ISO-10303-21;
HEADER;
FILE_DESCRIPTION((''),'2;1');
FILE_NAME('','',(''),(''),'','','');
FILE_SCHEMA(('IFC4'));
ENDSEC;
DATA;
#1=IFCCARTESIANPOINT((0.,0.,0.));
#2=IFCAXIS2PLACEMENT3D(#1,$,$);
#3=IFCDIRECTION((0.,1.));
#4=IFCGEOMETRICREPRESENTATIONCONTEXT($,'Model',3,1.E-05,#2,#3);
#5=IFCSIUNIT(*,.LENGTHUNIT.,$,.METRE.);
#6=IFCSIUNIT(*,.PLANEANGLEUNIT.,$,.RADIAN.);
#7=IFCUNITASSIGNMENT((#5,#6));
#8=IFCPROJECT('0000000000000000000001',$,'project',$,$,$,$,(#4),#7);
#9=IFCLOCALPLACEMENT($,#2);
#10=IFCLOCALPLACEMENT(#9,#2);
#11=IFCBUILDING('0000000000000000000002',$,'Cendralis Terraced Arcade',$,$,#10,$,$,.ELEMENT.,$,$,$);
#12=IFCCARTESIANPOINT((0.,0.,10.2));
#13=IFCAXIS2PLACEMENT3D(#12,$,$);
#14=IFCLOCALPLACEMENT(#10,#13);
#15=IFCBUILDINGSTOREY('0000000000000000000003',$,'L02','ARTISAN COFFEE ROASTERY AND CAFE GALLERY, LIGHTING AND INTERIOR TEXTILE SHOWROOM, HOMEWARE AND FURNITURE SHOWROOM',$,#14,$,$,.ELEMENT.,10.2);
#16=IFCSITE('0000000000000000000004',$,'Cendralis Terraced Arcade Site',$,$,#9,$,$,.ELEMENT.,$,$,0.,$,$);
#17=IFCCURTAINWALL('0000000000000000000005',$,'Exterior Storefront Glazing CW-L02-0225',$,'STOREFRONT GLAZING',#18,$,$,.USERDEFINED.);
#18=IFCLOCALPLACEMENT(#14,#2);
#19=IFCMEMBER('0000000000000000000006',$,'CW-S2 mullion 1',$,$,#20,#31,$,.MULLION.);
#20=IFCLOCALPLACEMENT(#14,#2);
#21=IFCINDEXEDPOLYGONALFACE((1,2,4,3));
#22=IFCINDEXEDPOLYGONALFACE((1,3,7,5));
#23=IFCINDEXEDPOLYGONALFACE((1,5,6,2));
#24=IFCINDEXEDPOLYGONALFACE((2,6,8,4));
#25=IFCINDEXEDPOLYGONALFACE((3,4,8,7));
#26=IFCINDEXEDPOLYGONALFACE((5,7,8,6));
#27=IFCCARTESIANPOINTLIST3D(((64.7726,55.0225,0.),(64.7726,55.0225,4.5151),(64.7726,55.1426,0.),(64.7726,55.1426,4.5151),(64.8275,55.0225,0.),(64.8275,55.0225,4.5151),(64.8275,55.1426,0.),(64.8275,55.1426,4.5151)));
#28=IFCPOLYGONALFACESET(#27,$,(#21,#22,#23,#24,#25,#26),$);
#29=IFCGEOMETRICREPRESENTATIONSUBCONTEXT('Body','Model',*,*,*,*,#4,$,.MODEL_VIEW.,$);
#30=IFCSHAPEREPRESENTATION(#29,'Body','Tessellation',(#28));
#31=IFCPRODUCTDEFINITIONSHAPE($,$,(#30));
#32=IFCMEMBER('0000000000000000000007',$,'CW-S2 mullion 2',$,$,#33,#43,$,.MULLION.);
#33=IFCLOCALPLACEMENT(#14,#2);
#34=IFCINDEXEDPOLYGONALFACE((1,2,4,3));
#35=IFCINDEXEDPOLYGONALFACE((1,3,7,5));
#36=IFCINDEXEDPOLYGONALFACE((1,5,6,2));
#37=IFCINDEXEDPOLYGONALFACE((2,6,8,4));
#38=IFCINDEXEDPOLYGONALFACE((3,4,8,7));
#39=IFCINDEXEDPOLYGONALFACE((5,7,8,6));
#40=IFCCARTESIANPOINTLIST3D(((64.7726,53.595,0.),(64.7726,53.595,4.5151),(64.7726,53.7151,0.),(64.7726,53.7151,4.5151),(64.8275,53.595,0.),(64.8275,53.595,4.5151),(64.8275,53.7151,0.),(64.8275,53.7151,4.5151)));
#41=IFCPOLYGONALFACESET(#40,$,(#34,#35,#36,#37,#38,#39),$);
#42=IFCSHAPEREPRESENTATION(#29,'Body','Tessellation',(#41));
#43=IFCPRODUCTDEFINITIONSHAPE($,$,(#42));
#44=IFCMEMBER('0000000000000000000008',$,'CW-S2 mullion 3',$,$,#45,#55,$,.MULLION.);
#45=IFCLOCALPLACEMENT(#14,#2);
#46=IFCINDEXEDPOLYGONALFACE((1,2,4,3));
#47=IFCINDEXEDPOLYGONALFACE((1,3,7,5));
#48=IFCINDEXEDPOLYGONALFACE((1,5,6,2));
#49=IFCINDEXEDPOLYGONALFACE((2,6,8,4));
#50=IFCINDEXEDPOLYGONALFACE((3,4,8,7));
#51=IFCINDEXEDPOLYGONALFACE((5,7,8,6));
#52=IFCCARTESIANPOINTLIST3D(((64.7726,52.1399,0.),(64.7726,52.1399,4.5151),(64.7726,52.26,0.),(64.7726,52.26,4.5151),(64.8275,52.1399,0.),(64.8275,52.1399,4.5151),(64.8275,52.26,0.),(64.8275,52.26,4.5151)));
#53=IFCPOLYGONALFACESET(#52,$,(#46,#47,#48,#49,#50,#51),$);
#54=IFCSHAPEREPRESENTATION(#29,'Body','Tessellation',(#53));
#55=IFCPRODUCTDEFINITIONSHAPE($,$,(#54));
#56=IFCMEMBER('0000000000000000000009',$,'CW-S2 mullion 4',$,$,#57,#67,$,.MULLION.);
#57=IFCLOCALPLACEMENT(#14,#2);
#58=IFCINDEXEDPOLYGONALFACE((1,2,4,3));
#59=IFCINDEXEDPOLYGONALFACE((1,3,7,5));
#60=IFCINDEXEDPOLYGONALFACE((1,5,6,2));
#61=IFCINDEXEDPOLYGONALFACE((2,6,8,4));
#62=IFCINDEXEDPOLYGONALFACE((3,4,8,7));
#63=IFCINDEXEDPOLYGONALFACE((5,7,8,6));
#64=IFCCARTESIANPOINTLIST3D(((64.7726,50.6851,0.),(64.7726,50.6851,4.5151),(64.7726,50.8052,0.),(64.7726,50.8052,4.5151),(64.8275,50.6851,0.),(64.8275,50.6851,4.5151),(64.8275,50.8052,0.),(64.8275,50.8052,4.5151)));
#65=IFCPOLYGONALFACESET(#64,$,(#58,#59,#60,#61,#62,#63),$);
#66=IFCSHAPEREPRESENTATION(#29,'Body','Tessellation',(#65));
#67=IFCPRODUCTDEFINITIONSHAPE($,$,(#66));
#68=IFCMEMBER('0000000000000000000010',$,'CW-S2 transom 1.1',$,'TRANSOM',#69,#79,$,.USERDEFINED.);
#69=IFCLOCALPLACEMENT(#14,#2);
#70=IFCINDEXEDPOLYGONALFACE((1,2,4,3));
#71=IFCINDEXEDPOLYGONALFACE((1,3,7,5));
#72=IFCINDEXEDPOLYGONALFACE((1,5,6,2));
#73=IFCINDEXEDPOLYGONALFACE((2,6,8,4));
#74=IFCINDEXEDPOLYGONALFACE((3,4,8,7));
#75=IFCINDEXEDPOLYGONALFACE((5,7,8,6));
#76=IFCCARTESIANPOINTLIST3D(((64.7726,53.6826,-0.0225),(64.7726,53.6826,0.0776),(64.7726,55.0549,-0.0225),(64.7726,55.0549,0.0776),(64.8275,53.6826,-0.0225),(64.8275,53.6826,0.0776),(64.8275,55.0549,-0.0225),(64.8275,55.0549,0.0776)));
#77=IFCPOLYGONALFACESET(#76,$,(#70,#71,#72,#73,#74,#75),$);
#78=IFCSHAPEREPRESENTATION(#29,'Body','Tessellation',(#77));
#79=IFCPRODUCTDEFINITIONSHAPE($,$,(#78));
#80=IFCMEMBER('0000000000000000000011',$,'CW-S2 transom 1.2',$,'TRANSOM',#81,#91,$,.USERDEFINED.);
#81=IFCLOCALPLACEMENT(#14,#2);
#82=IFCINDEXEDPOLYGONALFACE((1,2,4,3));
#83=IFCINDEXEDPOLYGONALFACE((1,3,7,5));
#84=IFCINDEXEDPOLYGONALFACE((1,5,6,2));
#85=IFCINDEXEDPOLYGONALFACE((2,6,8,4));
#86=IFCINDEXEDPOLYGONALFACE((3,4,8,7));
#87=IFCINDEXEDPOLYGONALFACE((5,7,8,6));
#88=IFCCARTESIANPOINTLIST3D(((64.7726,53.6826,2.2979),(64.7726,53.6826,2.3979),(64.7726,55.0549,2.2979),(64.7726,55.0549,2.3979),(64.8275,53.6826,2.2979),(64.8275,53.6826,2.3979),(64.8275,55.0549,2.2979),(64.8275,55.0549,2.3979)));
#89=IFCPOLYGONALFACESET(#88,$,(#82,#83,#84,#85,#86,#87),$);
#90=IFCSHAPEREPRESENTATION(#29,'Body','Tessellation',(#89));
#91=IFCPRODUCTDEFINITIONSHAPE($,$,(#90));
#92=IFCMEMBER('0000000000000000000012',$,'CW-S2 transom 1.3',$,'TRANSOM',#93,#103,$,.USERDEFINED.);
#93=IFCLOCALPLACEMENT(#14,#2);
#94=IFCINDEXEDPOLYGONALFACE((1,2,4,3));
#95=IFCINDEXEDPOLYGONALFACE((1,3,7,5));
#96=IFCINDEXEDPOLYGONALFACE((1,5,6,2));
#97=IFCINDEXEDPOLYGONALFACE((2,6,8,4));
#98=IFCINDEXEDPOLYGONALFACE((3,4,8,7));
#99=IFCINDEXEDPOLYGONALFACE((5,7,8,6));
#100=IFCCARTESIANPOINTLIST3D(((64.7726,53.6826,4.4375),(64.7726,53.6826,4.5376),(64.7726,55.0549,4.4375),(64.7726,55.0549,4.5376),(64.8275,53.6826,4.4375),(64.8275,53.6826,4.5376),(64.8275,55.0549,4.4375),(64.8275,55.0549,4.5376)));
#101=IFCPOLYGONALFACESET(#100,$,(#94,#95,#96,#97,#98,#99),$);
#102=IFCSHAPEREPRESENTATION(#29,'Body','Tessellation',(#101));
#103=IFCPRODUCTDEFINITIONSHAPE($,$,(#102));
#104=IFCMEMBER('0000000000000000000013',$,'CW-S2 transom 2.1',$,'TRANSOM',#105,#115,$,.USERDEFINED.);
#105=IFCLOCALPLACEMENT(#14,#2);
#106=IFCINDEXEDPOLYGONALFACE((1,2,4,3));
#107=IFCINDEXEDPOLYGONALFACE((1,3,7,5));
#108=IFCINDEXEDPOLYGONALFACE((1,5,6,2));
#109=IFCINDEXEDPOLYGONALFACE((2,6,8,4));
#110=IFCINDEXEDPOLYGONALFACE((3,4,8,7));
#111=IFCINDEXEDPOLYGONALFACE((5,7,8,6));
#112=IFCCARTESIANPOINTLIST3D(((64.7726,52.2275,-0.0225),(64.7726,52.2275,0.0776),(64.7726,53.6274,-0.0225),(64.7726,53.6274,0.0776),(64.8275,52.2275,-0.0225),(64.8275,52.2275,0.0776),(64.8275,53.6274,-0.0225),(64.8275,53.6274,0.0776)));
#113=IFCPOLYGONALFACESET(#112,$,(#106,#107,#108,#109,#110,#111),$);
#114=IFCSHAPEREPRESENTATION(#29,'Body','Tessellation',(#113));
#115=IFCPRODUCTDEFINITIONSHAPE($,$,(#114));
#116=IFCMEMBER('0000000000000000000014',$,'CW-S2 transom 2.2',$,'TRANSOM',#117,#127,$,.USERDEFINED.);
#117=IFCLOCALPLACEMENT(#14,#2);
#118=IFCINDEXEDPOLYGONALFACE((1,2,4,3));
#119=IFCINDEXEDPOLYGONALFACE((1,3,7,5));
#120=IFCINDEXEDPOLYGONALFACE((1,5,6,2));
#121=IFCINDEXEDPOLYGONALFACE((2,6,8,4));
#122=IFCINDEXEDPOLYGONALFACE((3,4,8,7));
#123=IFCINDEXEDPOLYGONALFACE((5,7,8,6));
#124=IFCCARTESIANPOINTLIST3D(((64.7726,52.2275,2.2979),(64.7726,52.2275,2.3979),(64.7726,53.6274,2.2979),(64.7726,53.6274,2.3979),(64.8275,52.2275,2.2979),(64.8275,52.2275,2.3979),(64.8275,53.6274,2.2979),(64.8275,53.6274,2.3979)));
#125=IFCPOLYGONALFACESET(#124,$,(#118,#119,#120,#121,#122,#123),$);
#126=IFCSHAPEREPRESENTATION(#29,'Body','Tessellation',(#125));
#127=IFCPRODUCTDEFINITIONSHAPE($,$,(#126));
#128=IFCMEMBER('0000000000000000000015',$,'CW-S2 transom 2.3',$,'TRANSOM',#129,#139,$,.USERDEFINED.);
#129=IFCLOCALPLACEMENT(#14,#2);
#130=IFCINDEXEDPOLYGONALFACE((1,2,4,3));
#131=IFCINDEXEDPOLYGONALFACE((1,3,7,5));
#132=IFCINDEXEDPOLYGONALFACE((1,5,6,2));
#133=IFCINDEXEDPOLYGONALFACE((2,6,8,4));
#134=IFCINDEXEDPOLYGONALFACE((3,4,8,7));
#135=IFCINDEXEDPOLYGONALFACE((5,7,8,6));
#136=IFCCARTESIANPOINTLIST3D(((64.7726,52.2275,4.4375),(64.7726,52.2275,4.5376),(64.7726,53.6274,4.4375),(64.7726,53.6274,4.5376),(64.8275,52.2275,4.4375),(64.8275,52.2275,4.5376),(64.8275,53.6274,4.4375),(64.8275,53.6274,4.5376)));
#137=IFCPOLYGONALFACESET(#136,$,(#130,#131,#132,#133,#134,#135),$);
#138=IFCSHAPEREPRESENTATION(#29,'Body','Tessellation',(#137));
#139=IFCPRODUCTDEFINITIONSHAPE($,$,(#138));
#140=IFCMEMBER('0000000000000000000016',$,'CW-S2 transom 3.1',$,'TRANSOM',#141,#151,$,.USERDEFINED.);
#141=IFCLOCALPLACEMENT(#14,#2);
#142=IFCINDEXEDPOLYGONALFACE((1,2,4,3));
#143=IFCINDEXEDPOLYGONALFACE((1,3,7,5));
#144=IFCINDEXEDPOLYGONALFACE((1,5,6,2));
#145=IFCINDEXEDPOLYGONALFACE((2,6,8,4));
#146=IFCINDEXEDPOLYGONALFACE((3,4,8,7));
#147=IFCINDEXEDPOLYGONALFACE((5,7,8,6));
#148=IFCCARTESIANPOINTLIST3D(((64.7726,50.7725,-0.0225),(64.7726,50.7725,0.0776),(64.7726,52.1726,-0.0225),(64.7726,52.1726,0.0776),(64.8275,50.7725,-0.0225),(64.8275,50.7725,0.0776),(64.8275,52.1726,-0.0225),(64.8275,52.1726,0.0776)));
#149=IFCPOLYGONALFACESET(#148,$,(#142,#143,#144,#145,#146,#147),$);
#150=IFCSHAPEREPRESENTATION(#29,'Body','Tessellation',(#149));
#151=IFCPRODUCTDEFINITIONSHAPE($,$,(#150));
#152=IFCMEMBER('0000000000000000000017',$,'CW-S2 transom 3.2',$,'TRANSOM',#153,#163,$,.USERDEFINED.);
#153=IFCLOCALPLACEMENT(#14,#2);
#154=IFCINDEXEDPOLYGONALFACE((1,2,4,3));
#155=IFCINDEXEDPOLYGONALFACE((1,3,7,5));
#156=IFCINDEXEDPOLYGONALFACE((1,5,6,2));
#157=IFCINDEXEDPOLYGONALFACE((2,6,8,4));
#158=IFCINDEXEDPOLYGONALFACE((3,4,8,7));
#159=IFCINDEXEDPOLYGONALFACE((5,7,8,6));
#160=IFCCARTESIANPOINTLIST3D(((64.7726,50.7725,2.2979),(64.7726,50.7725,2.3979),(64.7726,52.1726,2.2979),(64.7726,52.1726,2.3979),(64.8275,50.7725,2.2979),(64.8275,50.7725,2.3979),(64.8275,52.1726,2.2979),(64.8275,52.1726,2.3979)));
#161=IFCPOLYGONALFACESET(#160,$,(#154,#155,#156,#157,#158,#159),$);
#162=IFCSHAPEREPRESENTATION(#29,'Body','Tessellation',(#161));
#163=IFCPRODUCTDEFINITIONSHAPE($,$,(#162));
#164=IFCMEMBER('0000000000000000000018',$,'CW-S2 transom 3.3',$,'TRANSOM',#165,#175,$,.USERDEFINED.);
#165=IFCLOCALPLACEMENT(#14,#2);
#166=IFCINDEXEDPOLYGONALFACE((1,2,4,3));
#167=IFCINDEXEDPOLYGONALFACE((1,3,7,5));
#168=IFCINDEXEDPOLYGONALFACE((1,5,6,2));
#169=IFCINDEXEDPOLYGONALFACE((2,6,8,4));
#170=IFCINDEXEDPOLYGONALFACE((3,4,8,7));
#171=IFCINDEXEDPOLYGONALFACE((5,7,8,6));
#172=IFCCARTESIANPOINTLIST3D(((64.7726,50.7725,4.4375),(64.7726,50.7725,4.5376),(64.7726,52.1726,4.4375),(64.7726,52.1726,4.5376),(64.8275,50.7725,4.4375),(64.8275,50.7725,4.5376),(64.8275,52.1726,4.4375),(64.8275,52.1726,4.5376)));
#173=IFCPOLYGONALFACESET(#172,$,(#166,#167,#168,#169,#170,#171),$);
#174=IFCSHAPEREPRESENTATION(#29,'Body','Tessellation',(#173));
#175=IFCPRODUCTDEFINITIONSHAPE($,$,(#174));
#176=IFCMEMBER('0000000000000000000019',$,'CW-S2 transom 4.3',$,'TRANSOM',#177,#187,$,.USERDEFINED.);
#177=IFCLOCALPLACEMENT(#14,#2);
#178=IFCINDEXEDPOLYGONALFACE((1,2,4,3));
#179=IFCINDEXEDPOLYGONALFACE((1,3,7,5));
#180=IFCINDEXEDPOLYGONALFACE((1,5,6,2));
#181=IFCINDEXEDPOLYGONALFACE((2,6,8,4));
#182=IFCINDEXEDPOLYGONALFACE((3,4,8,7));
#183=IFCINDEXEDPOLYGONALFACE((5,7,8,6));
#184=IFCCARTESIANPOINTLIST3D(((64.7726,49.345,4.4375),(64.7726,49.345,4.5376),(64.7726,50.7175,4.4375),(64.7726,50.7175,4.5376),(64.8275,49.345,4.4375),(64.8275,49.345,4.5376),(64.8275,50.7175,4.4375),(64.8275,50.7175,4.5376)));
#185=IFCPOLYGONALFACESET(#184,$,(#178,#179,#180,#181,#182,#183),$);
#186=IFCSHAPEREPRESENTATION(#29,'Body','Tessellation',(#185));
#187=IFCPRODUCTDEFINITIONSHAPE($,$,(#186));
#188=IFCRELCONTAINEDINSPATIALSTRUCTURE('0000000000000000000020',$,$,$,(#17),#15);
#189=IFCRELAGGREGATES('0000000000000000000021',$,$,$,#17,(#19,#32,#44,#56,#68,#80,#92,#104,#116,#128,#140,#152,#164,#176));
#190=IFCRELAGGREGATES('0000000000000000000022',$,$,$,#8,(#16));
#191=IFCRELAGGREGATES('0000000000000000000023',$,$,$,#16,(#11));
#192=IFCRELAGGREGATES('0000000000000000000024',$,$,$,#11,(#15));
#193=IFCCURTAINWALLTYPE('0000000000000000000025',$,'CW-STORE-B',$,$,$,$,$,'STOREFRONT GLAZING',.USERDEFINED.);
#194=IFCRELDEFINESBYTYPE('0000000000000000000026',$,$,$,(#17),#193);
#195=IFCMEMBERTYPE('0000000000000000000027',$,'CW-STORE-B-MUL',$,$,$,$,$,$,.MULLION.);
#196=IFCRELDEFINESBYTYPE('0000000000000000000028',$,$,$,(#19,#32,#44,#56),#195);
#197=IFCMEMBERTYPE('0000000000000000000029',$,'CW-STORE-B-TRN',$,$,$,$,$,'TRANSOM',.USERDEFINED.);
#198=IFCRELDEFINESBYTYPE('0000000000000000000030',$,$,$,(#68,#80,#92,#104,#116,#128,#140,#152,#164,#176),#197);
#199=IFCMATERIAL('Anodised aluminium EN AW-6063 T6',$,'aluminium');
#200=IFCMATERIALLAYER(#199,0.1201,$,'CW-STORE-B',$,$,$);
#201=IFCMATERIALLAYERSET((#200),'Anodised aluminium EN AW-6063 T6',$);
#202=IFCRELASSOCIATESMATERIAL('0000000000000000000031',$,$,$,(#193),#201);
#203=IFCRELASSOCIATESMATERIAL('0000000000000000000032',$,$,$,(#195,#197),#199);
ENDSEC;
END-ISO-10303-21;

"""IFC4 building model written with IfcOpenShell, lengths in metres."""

from ifc_helpers import new_model, si_unit, direction, frame, origin, origin_2d, place, context, subcontext, project, spatial, rectangle, extrude, material, layer, layer_set, material_profile, profile_set, type_object, element, aggregate, save


model = new_model("IFC4")

# Units and contexts
model_context = context("Model", 3, precision=1e-05, world=origin(), true_north=direction((0.0, 1.0)))
body_context = subcontext(model_context, "Body", "Model", "MODEL_VIEW")
ifc_project = project(units=[si_unit("LENGTHUNIT", "METRE"), si_unit("PLANEANGLEUNIT", "RADIAN")], contexts=[model_context])

# Site, building, storey
site_placement = place(None, origin())
site = spatial("IfcSite", under=ifc_project, at=site_placement, Name="Cendralis Terraced Arcade Site", CompositionType="ELEMENT", RefElevation=0.0)
building_placement = place(site_placement, origin())
building = spatial("IfcBuilding", under=site, at=building_placement, Name="Cendralis Terraced Arcade", CompositionType="ELEMENT")
storey_placement = place(building_placement, frame((0.0, 0.0, 10.2)))
storey = spatial("IfcBuildingStorey", under=building, at=storey_placement, Name="L02", Description="ARTISAN COFFEE ROASTERY AND CAFE GALLERY, LIGHTING AND INTERIOR TEXTILE SHOWROOM, HOMEWARE AND FURNITURE SHOWROOM", CompositionType="ELEMENT", Elevation=10.2)

# Curtain wall, members
ifc_material_1 = material(Name="Anodised aluminium EN AW-6063 T6", Category="aluminium")
ifc_layer_1 = layer(ifc_material_1, 0.1201, Name="CW-STORE-B")
ifc_layer_set_1 = layer_set([ifc_layer_1], Name="Anodised aluminium EN AW-6063 T6")
curtain_wall_type = type_object("IfcCurtainWallType", Name="CW-STORE-B", ElementType="STOREFRONT GLAZING", PredefinedType="USERDEFINED", material=ifc_layer_set_1)
curtain_wall_placement = place(storey_placement, origin())
curtain_wall = element("IfcCurtainWall", 1, at=curtain_wall_placement, inside=storey, type_object=curtain_wall_type, Name="Exterior Storefront Glazing CW-L02-0225", ObjectType="STOREFRONT GLAZING", PredefinedType="USERDEFINED")
ifc_material_profile_1 = material_profile(ifc_material_1, rectangle(XDim=0.0549, YDim=0.1201, at=origin_2d()), Name="ALU-MUL-55x120")
ifc_profile_set_1 = profile_set([ifc_material_profile_1], Name="Anodised aluminium EN AW-6063 T6")
member_type_1 = type_object("IfcMemberType", Name="CW-STORE-B-MUL", PredefinedType="MULLION", material=ifc_profile_set_1)
member_1_placement = place(storey_placement, frame((64.8, 55.0825, 0.0), z_axis=(0.0, 0.0, 1.0), x_axis=(1.0, 0.0, 0.0)))
member_1 = element("IfcMember", 2, at=member_1_placement, type_object=member_type_1, Name="CW-S2 mullion 1", PredefinedType="MULLION", context=body_context, shape_type="SweptSolid", body=[
    extrude(rectangle(XDim=0.0549, YDim=0.1201, at=origin_2d()), origin(), (0.0, 0.0, 1.0), 4.5151),
])
member_2_placement = place(storey_placement, frame((64.8, 53.655, 0.0), z_axis=(0.0, 0.0, 1.0), x_axis=(1.0, 0.0, 0.0)))
member_2 = element("IfcMember", 3, at=member_2_placement, type_object=member_type_1, Name="CW-S2 mullion 2", PredefinedType="MULLION", context=body_context, shape_type="SweptSolid", body=[
    extrude(rectangle(XDim=0.0549, YDim=0.1201, at=origin_2d()), origin(), (0.0, 0.0, 1.0), 4.5151),
])
member_3_placement = place(storey_placement, frame((64.8, 52.2, 0.0), z_axis=(0.0, 0.0, 1.0), x_axis=(1.0, 0.0, 0.0)))
member_3 = element("IfcMember", 4, at=member_3_placement, type_object=member_type_1, Name="CW-S2 mullion 3", PredefinedType="MULLION", context=body_context, shape_type="SweptSolid", body=[
    extrude(rectangle(XDim=0.0549, YDim=0.1201, at=origin_2d()), origin(), (0.0, 0.0, 1.0), 4.5151),
])
member_4_placement = place(storey_placement, frame((64.8, 50.7451, 0.0), z_axis=(0.0, 0.0, 1.0), x_axis=(1.0, 0.0, 0.0)))
member_4 = element("IfcMember", 5, at=member_4_placement, type_object=member_type_1, Name="CW-S2 mullion 4", PredefinedType="MULLION", context=body_context, shape_type="SweptSolid", body=[
    extrude(rectangle(XDim=0.0549, YDim=0.1201, at=origin_2d()), origin(), (0.0, 0.0, 1.0), 4.5151),
])
ifc_material_profile_2 = material_profile(ifc_material_1, rectangle(XDim=0.0549, YDim=0.1001, at=origin_2d()), Name="ALU-TRN-55x100")
ifc_profile_set_2 = profile_set([ifc_material_profile_2], Name="Anodised aluminium EN AW-6063 T6")
member_type_2 = type_object("IfcMemberType", Name="CW-STORE-B-TRN", ElementType="TRANSOM", PredefinedType="USERDEFINED", material=ifc_profile_set_2)
member_5_placement = place(storey_placement, frame((64.8, 55.0549, 0.0276), z_axis=(0.0, -1.0, 0.0), x_axis=(1.0, 0.0, 0.0)))
member_5 = element("IfcMember", 6, at=member_5_placement, type_object=member_type_2, Name="CW-S2 transom 1.1", ObjectType="TRANSOM", PredefinedType="USERDEFINED", context=body_context, shape_type="SweptSolid", body=[
    extrude(rectangle(XDim=0.0549, YDim=0.1001, at=origin_2d()), origin(), (0.0, 0.0, 1.0), 1.3723),
])
member_6_placement = place(storey_placement, frame((64.8, 55.0549, 2.3479), z_axis=(0.0, -1.0, 0.0), x_axis=(1.0, 0.0, 0.0)))
member_6 = element("IfcMember", 7, at=member_6_placement, type_object=member_type_2, Name="CW-S2 transom 1.2", ObjectType="TRANSOM", PredefinedType="USERDEFINED", context=body_context, shape_type="SweptSolid", body=[
    extrude(rectangle(XDim=0.0549, YDim=0.1001, at=origin_2d()), origin(), (0.0, 0.0, 1.0), 1.3723),
])
member_7_placement = place(storey_placement, frame((64.8, 55.0549, 4.4875), z_axis=(0.0, -1.0, 0.0), x_axis=(1.0, 0.0, 0.0)))
member_7 = element("IfcMember", 8, at=member_7_placement, type_object=member_type_2, Name="CW-S2 transom 1.3", ObjectType="TRANSOM", PredefinedType="USERDEFINED", context=body_context, shape_type="SweptSolid", body=[
    extrude(rectangle(XDim=0.0549, YDim=0.1001, at=origin_2d()), origin(), (0.0, 0.0, 1.0), 1.3723),
])
member_8_placement = place(storey_placement, frame((64.8, 53.6274, 0.0276), z_axis=(0.0, -1.0, 0.0), x_axis=(1.0, 0.0, 0.0)))
member_8 = element("IfcMember", 9, at=member_8_placement, type_object=member_type_2, Name="CW-S2 transom 2.1", ObjectType="TRANSOM", PredefinedType="USERDEFINED", context=body_context, shape_type="SweptSolid", body=[
    extrude(rectangle(XDim=0.0549, YDim=0.1001, at=origin_2d()), origin(), (0.0, 0.0, 1.0), 1.3999),
])
member_9_placement = place(storey_placement, frame((64.8, 53.6274, 2.3479), z_axis=(0.0, -1.0, 0.0), x_axis=(1.0, 0.0, 0.0)))
member_9 = element("IfcMember", 10, at=member_9_placement, type_object=member_type_2, Name="CW-S2 transom 2.2", ObjectType="TRANSOM", PredefinedType="USERDEFINED", context=body_context, shape_type="SweptSolid", body=[
    extrude(rectangle(XDim=0.0549, YDim=0.1001, at=origin_2d()), origin(), (0.0, 0.0, 1.0), 1.3999),
])
member_10_placement = place(storey_placement, frame((64.8, 53.6274, 4.4875), z_axis=(0.0, -1.0, 0.0), x_axis=(1.0, 0.0, 0.0)))
member_10 = element("IfcMember", 11, at=member_10_placement, type_object=member_type_2, Name="CW-S2 transom 2.3", ObjectType="TRANSOM", PredefinedType="USERDEFINED", context=body_context, shape_type="SweptSolid", body=[
    extrude(rectangle(XDim=0.0549, YDim=0.1001, at=origin_2d()), origin(), (0.0, 0.0, 1.0), 1.3999),
])
member_11_placement = place(storey_placement, frame((64.8, 52.1726, 0.0276), z_axis=(0.0, -1.0, 0.0), x_axis=(1.0, 0.0, 0.0)))
member_11 = element("IfcMember", 12, at=member_11_placement, type_object=member_type_2, Name="CW-S2 transom 3.1", ObjectType="TRANSOM", PredefinedType="USERDEFINED", context=body_context, shape_type="SweptSolid", body=[
    extrude(rectangle(XDim=0.0549, YDim=0.1001, at=origin_2d()), origin(), (0.0, 0.0, 1.0), 1.4001),
])
member_12_placement = place(storey_placement, frame((64.8, 52.1726, 2.3479), z_axis=(0.0, -1.0, 0.0), x_axis=(1.0, 0.0, 0.0)))
member_12 = element("IfcMember", 13, at=member_12_placement, type_object=member_type_2, Name="CW-S2 transom 3.2", ObjectType="TRANSOM", PredefinedType="USERDEFINED", context=body_context, shape_type="SweptSolid", body=[
    extrude(rectangle(XDim=0.0549, YDim=0.1001, at=origin_2d()), origin(), (0.0, 0.0, 1.0), 1.4001),
])
member_13_placement = place(storey_placement, frame((64.8, 52.1726, 4.4875), z_axis=(0.0, -1.0, 0.0), x_axis=(1.0, 0.0, 0.0)))
member_13 = element("IfcMember", 14, at=member_13_placement, type_object=member_type_2, Name="CW-S2 transom 3.3", ObjectType="TRANSOM", PredefinedType="USERDEFINED", context=body_context, shape_type="SweptSolid", body=[
    extrude(rectangle(XDim=0.0549, YDim=0.1001, at=origin_2d()), origin(), (0.0, 0.0, 1.0), 1.4001),
])
member_14_placement = place(storey_placement, frame((64.8, 50.7175, 4.4875), z_axis=(0.0, -1.0, 0.0), x_axis=(1.0, 0.0, 0.0)))
member_14 = element("IfcMember", 15, at=member_14_placement, type_object=member_type_2, Name="CW-S2 transom 4.3", ObjectType="TRANSOM", PredefinedType="USERDEFINED", context=body_context, shape_type="SweptSolid", body=[
    extrude(rectangle(XDim=0.0549, YDim=0.1001, at=origin_2d()), origin(), (0.0, 0.0, 1.0), 1.3726),
])
aggregate(curtain_wall, [member_1, member_2, member_3, member_4, member_5, member_6, member_7, member_8, member_9, member_10, member_11, member_12, member_13, member_14])

save(model, "model.ifc")
